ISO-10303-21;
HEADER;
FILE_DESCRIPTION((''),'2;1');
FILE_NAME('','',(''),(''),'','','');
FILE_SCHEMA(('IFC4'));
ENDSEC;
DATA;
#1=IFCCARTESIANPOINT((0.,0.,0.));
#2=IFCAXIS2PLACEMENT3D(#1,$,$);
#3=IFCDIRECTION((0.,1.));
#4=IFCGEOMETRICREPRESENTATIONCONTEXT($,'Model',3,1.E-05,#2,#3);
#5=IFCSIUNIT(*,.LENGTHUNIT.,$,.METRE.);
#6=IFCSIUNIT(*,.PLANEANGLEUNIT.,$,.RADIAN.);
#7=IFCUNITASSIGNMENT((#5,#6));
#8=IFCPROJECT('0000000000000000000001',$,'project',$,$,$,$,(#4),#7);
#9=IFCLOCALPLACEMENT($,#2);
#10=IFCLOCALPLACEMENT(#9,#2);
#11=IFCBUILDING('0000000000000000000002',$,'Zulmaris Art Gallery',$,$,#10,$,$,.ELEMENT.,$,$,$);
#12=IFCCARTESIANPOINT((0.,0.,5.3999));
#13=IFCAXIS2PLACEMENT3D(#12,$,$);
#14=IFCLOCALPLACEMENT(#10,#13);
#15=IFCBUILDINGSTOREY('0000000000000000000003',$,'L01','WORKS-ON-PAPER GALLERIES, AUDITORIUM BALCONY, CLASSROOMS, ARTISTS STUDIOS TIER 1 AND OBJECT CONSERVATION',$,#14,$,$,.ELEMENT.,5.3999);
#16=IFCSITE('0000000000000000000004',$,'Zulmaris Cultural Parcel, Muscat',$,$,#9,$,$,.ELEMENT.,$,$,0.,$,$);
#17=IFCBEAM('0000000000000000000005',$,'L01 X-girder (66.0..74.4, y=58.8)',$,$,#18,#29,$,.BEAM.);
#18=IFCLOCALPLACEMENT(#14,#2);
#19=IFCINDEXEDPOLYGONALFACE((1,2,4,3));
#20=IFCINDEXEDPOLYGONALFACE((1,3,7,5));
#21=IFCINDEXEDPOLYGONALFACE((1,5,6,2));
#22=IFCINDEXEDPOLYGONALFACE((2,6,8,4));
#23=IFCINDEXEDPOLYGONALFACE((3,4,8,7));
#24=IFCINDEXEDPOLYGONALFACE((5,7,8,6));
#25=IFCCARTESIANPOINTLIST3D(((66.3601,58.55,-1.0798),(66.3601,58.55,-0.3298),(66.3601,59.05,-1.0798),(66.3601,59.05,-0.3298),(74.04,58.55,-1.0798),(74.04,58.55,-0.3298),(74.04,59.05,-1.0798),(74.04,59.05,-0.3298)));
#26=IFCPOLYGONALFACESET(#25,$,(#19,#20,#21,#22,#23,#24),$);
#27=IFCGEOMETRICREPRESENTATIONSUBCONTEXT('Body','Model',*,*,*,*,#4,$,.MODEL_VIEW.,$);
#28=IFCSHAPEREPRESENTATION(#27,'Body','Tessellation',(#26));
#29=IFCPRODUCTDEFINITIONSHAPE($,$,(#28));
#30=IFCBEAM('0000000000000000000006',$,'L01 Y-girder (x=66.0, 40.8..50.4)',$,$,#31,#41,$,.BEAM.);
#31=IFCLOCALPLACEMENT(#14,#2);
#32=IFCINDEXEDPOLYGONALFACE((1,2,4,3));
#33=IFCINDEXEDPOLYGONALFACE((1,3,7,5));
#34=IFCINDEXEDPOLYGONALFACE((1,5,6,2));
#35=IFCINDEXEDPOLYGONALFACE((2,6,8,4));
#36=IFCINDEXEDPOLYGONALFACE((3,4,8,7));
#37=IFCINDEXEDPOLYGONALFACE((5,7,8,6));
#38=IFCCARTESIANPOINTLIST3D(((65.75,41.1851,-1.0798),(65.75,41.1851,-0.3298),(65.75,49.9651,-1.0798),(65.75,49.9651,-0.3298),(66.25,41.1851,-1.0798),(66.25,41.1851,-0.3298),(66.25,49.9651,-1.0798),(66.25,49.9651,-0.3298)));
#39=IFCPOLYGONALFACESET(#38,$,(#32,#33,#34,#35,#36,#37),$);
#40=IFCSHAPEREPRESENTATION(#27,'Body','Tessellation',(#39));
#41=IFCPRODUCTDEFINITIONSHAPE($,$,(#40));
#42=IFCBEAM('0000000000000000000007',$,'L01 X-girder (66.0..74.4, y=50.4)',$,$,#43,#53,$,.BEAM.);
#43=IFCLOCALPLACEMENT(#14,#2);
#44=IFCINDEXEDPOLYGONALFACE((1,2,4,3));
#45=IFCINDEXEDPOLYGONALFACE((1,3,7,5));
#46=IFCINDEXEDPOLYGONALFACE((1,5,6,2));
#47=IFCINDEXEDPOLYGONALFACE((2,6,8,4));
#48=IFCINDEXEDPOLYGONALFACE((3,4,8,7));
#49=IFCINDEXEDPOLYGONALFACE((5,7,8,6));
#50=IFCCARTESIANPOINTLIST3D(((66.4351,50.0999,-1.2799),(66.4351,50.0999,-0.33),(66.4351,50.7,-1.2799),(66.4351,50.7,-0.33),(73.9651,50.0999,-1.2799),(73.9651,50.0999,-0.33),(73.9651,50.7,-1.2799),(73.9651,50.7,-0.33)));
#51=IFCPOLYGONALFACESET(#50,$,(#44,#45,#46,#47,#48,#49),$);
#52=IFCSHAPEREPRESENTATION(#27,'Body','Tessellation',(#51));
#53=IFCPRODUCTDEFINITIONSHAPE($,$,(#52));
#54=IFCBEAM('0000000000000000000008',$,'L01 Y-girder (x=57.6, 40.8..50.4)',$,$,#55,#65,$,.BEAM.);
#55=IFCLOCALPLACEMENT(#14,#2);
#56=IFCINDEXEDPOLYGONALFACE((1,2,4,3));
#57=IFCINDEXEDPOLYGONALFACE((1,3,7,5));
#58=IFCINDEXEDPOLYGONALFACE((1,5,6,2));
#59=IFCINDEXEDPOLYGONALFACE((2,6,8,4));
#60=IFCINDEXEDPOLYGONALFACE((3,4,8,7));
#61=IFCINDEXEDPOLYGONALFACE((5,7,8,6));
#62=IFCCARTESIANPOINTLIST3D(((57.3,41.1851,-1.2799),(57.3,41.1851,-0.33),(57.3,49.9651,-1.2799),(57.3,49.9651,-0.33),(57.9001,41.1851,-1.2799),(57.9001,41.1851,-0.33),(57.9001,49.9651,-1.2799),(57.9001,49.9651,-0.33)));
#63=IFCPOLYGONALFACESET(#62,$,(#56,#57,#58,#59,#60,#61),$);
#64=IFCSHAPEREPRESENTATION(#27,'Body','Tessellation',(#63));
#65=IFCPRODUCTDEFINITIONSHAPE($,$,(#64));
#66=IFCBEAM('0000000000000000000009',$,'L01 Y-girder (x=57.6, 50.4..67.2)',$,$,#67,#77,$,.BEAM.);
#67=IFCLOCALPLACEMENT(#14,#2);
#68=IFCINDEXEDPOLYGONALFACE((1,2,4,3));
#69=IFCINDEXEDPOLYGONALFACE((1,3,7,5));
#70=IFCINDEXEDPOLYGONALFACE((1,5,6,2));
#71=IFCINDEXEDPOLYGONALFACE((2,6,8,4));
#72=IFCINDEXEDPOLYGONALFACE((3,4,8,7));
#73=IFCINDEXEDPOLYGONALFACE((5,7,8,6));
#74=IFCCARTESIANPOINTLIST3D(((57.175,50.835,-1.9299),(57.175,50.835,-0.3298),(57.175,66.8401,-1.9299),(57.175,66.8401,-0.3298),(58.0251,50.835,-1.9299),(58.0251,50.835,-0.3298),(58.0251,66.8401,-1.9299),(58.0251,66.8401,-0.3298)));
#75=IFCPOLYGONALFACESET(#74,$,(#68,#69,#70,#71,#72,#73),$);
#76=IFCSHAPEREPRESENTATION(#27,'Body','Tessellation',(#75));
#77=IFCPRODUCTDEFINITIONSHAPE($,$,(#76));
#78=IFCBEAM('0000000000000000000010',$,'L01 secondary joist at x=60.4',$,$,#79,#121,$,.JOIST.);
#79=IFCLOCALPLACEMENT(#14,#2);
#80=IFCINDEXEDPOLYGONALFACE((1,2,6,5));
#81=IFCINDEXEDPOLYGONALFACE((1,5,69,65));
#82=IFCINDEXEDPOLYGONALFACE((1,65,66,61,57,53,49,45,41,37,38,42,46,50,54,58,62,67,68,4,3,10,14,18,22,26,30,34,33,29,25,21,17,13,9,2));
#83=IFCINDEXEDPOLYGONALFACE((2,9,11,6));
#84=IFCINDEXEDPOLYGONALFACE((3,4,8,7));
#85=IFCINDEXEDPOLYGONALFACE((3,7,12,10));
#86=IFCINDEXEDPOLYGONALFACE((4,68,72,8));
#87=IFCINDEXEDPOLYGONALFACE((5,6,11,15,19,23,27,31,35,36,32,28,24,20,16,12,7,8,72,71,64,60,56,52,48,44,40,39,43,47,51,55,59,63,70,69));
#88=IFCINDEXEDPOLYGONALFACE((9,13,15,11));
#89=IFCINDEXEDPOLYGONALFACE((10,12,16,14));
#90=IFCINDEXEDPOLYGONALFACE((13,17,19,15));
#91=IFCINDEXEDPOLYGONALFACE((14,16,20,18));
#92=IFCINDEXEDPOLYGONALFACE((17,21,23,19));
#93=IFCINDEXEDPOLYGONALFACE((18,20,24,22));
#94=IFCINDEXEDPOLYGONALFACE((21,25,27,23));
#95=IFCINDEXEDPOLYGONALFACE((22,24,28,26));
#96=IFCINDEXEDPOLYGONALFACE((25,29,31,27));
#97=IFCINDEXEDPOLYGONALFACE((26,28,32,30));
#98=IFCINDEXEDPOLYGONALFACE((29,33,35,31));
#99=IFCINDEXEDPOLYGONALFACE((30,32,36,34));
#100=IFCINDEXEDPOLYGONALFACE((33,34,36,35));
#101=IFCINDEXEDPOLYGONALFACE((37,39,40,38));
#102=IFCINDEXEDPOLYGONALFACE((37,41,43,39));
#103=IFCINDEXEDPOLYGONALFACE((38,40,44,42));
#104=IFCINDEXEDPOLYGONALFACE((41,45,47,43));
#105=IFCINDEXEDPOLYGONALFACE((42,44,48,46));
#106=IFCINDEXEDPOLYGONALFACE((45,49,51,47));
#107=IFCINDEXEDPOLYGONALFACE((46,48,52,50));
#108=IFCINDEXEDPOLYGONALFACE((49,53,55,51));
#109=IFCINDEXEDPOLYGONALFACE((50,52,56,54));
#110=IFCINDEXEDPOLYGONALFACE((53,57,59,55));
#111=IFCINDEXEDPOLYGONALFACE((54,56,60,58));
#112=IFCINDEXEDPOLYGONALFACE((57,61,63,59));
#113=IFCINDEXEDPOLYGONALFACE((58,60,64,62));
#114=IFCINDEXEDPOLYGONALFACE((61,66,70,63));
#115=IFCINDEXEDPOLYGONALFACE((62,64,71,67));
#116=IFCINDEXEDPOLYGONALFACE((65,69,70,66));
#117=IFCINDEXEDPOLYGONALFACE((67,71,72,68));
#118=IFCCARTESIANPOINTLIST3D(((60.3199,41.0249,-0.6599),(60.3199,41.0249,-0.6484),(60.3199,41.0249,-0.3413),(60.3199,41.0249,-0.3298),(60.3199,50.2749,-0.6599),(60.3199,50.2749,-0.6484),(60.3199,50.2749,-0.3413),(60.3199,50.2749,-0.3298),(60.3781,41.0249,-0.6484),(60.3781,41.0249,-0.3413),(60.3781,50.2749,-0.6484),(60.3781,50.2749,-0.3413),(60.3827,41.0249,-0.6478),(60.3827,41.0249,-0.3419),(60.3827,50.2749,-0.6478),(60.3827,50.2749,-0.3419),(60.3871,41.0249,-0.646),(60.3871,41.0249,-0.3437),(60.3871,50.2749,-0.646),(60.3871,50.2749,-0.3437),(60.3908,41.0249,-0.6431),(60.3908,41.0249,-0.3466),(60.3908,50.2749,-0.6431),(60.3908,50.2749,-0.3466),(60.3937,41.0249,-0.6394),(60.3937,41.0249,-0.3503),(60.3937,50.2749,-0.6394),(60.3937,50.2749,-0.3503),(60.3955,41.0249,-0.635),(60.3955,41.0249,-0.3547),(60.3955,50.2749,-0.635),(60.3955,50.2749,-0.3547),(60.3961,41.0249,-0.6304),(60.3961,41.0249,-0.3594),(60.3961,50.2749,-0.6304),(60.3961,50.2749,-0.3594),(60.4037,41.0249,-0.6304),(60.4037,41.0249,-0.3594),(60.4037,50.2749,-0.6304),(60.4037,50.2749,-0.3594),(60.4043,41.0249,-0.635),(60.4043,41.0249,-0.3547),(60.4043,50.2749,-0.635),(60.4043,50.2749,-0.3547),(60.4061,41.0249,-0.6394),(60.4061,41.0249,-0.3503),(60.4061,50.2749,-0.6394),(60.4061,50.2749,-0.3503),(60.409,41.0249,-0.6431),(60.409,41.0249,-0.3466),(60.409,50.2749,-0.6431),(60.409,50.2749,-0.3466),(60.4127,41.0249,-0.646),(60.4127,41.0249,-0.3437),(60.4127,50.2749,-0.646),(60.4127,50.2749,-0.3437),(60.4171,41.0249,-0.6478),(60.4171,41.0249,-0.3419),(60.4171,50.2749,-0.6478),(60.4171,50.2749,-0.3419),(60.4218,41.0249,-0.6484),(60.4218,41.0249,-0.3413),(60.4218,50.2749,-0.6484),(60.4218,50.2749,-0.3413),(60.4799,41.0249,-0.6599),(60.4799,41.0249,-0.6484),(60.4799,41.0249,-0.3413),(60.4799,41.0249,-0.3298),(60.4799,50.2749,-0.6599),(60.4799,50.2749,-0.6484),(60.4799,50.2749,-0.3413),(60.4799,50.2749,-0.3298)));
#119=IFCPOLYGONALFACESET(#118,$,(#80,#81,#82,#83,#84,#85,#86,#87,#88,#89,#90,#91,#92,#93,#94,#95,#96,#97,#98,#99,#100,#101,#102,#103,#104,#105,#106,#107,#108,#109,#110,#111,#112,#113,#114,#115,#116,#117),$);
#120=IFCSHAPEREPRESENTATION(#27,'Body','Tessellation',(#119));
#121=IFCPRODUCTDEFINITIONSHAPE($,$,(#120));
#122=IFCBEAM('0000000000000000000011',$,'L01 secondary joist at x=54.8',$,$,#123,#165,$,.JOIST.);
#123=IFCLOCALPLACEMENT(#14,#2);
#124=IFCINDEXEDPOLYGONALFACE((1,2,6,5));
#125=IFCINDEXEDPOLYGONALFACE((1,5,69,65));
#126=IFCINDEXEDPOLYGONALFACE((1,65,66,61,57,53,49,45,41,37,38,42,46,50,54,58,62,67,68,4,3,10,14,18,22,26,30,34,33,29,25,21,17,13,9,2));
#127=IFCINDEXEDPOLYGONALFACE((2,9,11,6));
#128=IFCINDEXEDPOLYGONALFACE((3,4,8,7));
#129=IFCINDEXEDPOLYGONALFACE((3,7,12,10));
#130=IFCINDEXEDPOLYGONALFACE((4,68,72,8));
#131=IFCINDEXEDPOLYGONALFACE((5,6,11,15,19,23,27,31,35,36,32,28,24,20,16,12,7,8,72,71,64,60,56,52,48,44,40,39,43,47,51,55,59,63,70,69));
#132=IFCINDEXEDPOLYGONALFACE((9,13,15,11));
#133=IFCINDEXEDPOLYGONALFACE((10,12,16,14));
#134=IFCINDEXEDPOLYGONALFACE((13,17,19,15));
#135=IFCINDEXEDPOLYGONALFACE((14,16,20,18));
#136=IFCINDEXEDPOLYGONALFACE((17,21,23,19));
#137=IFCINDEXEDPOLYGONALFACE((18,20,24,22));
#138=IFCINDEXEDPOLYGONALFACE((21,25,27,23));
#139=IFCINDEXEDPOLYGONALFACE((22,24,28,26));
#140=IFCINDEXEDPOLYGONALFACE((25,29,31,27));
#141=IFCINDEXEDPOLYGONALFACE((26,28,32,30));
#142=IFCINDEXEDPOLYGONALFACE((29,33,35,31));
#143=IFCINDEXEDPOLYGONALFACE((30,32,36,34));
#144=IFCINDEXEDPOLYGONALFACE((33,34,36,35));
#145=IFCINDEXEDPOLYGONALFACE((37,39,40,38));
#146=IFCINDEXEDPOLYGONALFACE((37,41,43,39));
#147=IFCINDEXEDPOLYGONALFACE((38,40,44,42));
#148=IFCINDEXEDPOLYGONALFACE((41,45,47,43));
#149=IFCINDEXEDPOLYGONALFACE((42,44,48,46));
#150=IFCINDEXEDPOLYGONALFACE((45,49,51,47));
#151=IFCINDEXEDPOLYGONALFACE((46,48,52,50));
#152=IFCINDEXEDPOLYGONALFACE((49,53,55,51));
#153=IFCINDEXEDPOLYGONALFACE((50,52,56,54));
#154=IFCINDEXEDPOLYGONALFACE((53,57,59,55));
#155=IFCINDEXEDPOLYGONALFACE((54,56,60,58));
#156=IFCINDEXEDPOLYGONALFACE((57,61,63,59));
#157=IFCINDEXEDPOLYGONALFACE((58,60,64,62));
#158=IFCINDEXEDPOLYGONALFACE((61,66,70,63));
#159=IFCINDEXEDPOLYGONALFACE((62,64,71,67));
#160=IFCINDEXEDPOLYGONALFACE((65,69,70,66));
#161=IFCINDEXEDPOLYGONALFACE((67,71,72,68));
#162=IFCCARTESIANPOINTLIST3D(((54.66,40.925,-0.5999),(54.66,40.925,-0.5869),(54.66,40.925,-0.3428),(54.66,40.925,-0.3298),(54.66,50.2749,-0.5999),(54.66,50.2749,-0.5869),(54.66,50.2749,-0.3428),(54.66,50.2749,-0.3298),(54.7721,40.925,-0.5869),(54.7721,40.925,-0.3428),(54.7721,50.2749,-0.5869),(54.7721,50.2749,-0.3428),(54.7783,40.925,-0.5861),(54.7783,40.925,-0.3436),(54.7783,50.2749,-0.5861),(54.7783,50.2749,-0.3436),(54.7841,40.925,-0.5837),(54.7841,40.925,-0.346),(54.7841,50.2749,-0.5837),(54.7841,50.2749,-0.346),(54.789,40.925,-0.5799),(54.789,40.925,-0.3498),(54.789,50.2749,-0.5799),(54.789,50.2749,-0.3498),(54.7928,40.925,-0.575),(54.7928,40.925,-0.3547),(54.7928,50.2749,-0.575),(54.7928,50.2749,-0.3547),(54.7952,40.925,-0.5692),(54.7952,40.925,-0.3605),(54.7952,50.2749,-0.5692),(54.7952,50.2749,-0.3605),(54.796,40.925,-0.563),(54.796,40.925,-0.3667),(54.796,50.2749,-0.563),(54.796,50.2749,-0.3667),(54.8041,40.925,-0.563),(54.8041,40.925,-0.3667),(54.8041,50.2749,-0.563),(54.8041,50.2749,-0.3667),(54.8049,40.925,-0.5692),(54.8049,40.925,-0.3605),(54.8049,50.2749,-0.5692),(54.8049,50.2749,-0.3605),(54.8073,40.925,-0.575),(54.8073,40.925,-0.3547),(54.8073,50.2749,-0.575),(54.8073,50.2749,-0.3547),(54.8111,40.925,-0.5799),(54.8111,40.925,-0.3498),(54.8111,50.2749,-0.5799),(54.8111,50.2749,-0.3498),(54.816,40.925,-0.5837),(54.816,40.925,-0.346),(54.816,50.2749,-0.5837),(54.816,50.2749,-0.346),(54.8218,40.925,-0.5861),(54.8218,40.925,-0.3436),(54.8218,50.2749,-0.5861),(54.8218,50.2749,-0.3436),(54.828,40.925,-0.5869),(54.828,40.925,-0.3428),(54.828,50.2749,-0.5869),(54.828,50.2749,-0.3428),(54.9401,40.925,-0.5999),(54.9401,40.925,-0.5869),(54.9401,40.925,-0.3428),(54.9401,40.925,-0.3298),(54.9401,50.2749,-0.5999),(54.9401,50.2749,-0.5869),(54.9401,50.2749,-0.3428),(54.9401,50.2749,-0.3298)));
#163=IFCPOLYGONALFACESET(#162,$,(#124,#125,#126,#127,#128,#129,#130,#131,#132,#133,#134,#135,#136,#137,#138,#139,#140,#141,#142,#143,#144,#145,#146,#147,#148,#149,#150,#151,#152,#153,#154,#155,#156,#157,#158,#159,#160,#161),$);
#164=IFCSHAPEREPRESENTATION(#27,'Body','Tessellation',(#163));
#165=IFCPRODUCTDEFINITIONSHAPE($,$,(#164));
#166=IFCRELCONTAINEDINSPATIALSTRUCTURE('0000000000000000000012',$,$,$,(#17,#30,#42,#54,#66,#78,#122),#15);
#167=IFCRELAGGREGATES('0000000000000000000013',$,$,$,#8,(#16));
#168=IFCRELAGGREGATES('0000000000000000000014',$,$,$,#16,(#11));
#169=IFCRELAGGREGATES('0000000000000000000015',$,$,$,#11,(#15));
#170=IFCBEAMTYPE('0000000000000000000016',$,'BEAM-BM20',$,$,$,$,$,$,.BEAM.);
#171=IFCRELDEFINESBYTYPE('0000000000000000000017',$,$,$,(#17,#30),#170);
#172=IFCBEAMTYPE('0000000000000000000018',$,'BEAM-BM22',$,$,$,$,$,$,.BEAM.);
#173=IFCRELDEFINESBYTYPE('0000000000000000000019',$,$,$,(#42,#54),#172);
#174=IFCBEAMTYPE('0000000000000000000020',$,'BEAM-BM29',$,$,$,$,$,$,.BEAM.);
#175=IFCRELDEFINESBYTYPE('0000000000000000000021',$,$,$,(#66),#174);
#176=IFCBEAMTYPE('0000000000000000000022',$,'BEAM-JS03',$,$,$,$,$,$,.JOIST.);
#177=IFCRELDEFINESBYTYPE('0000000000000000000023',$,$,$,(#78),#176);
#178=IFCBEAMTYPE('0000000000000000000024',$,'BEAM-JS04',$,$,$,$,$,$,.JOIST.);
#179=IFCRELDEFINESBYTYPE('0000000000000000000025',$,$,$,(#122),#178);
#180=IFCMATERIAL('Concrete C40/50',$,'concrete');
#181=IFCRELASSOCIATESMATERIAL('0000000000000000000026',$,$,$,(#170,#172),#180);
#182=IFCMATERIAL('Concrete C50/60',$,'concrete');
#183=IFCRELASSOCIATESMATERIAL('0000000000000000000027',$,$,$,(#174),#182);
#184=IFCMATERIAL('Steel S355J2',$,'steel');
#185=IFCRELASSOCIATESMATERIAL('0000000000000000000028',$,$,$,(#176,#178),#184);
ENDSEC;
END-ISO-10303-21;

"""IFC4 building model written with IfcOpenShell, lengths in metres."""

from ifc_helpers import new_model, si_unit, direction, frame, origin, origin_2d, place, context, subcontext, project, spatial, rectangle, i_section, extrude, material, material_profile, profile_set, type_object, element, save


model = new_model("IFC4")

# Units and contexts
model_context = context("Model", 3, precision=1e-05, world=origin(), true_north=direction((0.0, 1.0)))
body_context = subcontext(model_context, "Body", "Model", "MODEL_VIEW")
ifc_project = project(units=[si_unit("LENGTHUNIT", "METRE"), si_unit("PLANEANGLEUNIT", "RADIAN")], contexts=[model_context])

# Site, building, storey
site_placement = place(None, origin())
site = spatial("IfcSite", under=ifc_project, at=site_placement, Name="Zulmaris Cultural Parcel, Muscat", CompositionType="ELEMENT", RefElevation=0.0)
building_placement = place(site_placement, origin())
building = spatial("IfcBuilding", under=site, at=building_placement, Name="Zulmaris Art Gallery", CompositionType="ELEMENT")
storey_placement = place(building_placement, frame((0.0, 0.0, 5.3999)))
storey = spatial("IfcBuildingStorey", under=building, at=storey_placement, Name="L01", Description="WORKS-ON-PAPER GALLERIES, AUDITORIUM BALCONY, CLASSROOMS, ARTISTS STUDIOS TIER 1 AND OBJECT CONSERVATION", CompositionType="ELEMENT", Elevation=5.3999)

# Shared definitions
ifc_material_1 = material(Name="Concrete C40/50", Category="concrete")
ifc_material_2 = material(Name="Concrete C50/60", Category="concrete")

# Beams
ifc_material_3 = material(Name="Steel S355J2", Category="steel")
ifc_material_profile_1 = material_profile(ifc_material_1, rectangle(XDim=0.5, YDim=0.75, at=origin_2d()), Name="RC 500x750")
ifc_profile_set_1 = profile_set([ifc_material_profile_1], Name="Concrete C40/50")
beam_type_1 = type_object("IfcBeamType", Name="BEAM-BM20", PredefinedType="BEAM", material=ifc_profile_set_1)
beam_1_placement = place(storey_placement, frame((66.3601, 58.8, -0.7048), z_axis=(1.0, 0.0, 0.0), x_axis=(0.0, 1.0, 0.0)))
element("IfcBeam", 1, at=beam_1_placement, inside=storey, type_object=beam_type_1, Name="L01 X-girder (66.0..74.4, y=58.8)", PredefinedType="BEAM", context=body_context, shape_type="SweptSolid", body=[
    extrude(rectangle(XDim=0.5, YDim=0.75, at=origin_2d()), origin(), (0.0, 0.0, 1.0), 7.6799),
])
beam_2_placement = place(storey_placement, frame((66.0, 41.1851, -0.7048), z_axis=(0.0, 1.0, 0.0), x_axis=(-1.0, 0.0, 0.0)))
element("IfcBeam", 2, at=beam_2_placement, inside=storey, type_object=beam_type_1, Name="L01 Y-girder (x=66.0, 40.8..50.4)", PredefinedType="BEAM", context=body_context, shape_type="SweptSolid", body=[
    extrude(rectangle(XDim=0.5, YDim=0.75, at=origin_2d()), origin(), (0.0, 0.0, 1.0), 8.78),
])
ifc_material_profile_2 = material_profile(ifc_material_1, rectangle(XDim=0.6001, YDim=0.95, at=origin_2d()), Name="RC 600x950")
ifc_profile_set_2 = profile_set([ifc_material_profile_2], Name="Concrete C40/50")
beam_type_2 = type_object("IfcBeamType", Name="BEAM-BM22", PredefinedType="BEAM", material=ifc_profile_set_2)
beam_3_placement = place(storey_placement, frame((66.4351, 50.3999, -0.8049), z_axis=(1.0, 0.0, 0.0), x_axis=(0.0, 1.0, 0.0)))
element("IfcBeam", 3, at=beam_3_placement, inside=storey, type_object=beam_type_2, Name="L01 X-girder (66.0..74.4, y=50.4)", PredefinedType="BEAM", context=body_context, shape_type="SweptSolid", body=[
    extrude(rectangle(XDim=0.6001, YDim=0.95, at=origin_2d()), origin(), (0.0, 0.0, 1.0), 7.53),
])
beam_4_placement = place(storey_placement, frame((57.6001, 41.1851, -0.8049), z_axis=(0.0, 1.0, 0.0), x_axis=(-1.0, 0.0, 0.0)))
element("IfcBeam", 4, at=beam_4_placement, inside=storey, type_object=beam_type_2, Name="L01 Y-girder (x=57.6, 40.8..50.4)", PredefinedType="BEAM", context=body_context, shape_type="SweptSolid", body=[
    extrude(rectangle(XDim=0.6001, YDim=0.95, at=origin_2d()), origin(), (0.0, 0.0, 1.0), 8.78),
])
ifc_material_profile_3 = material_profile(ifc_material_2, rectangle(XDim=0.8501, YDim=1.6001, at=origin_2d()), Name="RC 850x1600")
ifc_profile_set_3 = profile_set([ifc_material_profile_3], Name="Concrete C50/60")
beam_type_3 = type_object("IfcBeamType", Name="BEAM-BM29", PredefinedType="BEAM", material=ifc_profile_set_3)
beam_5_placement = place(storey_placement, frame((57.6001, 50.835, -1.1299), z_axis=(0.0, 1.0, 0.0), x_axis=(-1.0, 0.0, 0.0)))
element("IfcBeam", 5, at=beam_5_placement, inside=storey, type_object=beam_type_3, Name="L01 Y-girder (x=57.6, 50.4..67.2)", PredefinedType="BEAM", context=body_context, shape_type="SweptSolid", body=[
    extrude(rectangle(XDim=0.8501, YDim=1.6001, at=origin_2d()), origin(), (0.0, 0.0, 1.0), 16.0051),
])
ifc_material_profile_4 = material_profile(ifc_material_3, i_section(OverallWidth=0.1599, OverallDepth=0.3301, WebThickness=0.0076, FlangeThickness=0.0115, FilletRadius=0.0181, at=origin_2d()), Name="IPE 330")
ifc_profile_set_4 = profile_set([ifc_material_profile_4], Name="Steel S355J2")
beam_type_4 = type_object("IfcBeamType", Name="BEAM-JS03", PredefinedType="JOIST", material=ifc_profile_set_4)
beam_6_placement = place(storey_placement, frame((60.3999, 41.0249, -0.4949), z_axis=(0.0, 1.0, 0.0), x_axis=(-1.0, 0.0, 0.0)))
element("IfcBeam", 6, at=beam_6_placement, inside=storey, type_object=beam_type_4, Name="L01 secondary joist at x=60.4", PredefinedType="JOIST", context=body_context, shape_type="SweptSolid", body=[
    extrude(i_section(OverallWidth=0.1599, OverallDepth=0.3301, WebThickness=0.0076, FlangeThickness=0.0115, FilletRadius=0.0181, at=origin_2d()), origin(), (0.0, 0.0, 1.0), 9.25),
])
ifc_material_profile_5 = material_profile(ifc_material_3, i_section(OverallWidth=0.28, OverallDepth=0.27, WebThickness=0.0081, FlangeThickness=0.0129, FilletRadius=0.0239, at=origin_2d()), Name="HEA 280")
ifc_profile_set_5 = profile_set([ifc_material_profile_5], Name="Steel S355J2")
beam_type_5 = type_object("IfcBeamType", Name="BEAM-JS04", PredefinedType="JOIST", material=ifc_profile_set_5)
beam_7_placement = place(storey_placement, frame((54.8, 40.925, -0.4648), z_axis=(0.0, 1.0, 0.0), x_axis=(-1.0, 0.0, 0.0)))
element("IfcBeam", 7, at=beam_7_placement, inside=storey, type_object=beam_type_5, Name="L01 secondary joist at x=54.8", PredefinedType="JOIST", context=body_context, shape_type="SweptSolid", body=[
    extrude(i_section(OverallWidth=0.28, OverallDepth=0.27, WebThickness=0.0081, FlangeThickness=0.0129, FilletRadius=0.0239, at=origin_2d()), origin(), (0.0, 0.0, 1.0), 9.3499),
])

save(model, "model.ifc")
